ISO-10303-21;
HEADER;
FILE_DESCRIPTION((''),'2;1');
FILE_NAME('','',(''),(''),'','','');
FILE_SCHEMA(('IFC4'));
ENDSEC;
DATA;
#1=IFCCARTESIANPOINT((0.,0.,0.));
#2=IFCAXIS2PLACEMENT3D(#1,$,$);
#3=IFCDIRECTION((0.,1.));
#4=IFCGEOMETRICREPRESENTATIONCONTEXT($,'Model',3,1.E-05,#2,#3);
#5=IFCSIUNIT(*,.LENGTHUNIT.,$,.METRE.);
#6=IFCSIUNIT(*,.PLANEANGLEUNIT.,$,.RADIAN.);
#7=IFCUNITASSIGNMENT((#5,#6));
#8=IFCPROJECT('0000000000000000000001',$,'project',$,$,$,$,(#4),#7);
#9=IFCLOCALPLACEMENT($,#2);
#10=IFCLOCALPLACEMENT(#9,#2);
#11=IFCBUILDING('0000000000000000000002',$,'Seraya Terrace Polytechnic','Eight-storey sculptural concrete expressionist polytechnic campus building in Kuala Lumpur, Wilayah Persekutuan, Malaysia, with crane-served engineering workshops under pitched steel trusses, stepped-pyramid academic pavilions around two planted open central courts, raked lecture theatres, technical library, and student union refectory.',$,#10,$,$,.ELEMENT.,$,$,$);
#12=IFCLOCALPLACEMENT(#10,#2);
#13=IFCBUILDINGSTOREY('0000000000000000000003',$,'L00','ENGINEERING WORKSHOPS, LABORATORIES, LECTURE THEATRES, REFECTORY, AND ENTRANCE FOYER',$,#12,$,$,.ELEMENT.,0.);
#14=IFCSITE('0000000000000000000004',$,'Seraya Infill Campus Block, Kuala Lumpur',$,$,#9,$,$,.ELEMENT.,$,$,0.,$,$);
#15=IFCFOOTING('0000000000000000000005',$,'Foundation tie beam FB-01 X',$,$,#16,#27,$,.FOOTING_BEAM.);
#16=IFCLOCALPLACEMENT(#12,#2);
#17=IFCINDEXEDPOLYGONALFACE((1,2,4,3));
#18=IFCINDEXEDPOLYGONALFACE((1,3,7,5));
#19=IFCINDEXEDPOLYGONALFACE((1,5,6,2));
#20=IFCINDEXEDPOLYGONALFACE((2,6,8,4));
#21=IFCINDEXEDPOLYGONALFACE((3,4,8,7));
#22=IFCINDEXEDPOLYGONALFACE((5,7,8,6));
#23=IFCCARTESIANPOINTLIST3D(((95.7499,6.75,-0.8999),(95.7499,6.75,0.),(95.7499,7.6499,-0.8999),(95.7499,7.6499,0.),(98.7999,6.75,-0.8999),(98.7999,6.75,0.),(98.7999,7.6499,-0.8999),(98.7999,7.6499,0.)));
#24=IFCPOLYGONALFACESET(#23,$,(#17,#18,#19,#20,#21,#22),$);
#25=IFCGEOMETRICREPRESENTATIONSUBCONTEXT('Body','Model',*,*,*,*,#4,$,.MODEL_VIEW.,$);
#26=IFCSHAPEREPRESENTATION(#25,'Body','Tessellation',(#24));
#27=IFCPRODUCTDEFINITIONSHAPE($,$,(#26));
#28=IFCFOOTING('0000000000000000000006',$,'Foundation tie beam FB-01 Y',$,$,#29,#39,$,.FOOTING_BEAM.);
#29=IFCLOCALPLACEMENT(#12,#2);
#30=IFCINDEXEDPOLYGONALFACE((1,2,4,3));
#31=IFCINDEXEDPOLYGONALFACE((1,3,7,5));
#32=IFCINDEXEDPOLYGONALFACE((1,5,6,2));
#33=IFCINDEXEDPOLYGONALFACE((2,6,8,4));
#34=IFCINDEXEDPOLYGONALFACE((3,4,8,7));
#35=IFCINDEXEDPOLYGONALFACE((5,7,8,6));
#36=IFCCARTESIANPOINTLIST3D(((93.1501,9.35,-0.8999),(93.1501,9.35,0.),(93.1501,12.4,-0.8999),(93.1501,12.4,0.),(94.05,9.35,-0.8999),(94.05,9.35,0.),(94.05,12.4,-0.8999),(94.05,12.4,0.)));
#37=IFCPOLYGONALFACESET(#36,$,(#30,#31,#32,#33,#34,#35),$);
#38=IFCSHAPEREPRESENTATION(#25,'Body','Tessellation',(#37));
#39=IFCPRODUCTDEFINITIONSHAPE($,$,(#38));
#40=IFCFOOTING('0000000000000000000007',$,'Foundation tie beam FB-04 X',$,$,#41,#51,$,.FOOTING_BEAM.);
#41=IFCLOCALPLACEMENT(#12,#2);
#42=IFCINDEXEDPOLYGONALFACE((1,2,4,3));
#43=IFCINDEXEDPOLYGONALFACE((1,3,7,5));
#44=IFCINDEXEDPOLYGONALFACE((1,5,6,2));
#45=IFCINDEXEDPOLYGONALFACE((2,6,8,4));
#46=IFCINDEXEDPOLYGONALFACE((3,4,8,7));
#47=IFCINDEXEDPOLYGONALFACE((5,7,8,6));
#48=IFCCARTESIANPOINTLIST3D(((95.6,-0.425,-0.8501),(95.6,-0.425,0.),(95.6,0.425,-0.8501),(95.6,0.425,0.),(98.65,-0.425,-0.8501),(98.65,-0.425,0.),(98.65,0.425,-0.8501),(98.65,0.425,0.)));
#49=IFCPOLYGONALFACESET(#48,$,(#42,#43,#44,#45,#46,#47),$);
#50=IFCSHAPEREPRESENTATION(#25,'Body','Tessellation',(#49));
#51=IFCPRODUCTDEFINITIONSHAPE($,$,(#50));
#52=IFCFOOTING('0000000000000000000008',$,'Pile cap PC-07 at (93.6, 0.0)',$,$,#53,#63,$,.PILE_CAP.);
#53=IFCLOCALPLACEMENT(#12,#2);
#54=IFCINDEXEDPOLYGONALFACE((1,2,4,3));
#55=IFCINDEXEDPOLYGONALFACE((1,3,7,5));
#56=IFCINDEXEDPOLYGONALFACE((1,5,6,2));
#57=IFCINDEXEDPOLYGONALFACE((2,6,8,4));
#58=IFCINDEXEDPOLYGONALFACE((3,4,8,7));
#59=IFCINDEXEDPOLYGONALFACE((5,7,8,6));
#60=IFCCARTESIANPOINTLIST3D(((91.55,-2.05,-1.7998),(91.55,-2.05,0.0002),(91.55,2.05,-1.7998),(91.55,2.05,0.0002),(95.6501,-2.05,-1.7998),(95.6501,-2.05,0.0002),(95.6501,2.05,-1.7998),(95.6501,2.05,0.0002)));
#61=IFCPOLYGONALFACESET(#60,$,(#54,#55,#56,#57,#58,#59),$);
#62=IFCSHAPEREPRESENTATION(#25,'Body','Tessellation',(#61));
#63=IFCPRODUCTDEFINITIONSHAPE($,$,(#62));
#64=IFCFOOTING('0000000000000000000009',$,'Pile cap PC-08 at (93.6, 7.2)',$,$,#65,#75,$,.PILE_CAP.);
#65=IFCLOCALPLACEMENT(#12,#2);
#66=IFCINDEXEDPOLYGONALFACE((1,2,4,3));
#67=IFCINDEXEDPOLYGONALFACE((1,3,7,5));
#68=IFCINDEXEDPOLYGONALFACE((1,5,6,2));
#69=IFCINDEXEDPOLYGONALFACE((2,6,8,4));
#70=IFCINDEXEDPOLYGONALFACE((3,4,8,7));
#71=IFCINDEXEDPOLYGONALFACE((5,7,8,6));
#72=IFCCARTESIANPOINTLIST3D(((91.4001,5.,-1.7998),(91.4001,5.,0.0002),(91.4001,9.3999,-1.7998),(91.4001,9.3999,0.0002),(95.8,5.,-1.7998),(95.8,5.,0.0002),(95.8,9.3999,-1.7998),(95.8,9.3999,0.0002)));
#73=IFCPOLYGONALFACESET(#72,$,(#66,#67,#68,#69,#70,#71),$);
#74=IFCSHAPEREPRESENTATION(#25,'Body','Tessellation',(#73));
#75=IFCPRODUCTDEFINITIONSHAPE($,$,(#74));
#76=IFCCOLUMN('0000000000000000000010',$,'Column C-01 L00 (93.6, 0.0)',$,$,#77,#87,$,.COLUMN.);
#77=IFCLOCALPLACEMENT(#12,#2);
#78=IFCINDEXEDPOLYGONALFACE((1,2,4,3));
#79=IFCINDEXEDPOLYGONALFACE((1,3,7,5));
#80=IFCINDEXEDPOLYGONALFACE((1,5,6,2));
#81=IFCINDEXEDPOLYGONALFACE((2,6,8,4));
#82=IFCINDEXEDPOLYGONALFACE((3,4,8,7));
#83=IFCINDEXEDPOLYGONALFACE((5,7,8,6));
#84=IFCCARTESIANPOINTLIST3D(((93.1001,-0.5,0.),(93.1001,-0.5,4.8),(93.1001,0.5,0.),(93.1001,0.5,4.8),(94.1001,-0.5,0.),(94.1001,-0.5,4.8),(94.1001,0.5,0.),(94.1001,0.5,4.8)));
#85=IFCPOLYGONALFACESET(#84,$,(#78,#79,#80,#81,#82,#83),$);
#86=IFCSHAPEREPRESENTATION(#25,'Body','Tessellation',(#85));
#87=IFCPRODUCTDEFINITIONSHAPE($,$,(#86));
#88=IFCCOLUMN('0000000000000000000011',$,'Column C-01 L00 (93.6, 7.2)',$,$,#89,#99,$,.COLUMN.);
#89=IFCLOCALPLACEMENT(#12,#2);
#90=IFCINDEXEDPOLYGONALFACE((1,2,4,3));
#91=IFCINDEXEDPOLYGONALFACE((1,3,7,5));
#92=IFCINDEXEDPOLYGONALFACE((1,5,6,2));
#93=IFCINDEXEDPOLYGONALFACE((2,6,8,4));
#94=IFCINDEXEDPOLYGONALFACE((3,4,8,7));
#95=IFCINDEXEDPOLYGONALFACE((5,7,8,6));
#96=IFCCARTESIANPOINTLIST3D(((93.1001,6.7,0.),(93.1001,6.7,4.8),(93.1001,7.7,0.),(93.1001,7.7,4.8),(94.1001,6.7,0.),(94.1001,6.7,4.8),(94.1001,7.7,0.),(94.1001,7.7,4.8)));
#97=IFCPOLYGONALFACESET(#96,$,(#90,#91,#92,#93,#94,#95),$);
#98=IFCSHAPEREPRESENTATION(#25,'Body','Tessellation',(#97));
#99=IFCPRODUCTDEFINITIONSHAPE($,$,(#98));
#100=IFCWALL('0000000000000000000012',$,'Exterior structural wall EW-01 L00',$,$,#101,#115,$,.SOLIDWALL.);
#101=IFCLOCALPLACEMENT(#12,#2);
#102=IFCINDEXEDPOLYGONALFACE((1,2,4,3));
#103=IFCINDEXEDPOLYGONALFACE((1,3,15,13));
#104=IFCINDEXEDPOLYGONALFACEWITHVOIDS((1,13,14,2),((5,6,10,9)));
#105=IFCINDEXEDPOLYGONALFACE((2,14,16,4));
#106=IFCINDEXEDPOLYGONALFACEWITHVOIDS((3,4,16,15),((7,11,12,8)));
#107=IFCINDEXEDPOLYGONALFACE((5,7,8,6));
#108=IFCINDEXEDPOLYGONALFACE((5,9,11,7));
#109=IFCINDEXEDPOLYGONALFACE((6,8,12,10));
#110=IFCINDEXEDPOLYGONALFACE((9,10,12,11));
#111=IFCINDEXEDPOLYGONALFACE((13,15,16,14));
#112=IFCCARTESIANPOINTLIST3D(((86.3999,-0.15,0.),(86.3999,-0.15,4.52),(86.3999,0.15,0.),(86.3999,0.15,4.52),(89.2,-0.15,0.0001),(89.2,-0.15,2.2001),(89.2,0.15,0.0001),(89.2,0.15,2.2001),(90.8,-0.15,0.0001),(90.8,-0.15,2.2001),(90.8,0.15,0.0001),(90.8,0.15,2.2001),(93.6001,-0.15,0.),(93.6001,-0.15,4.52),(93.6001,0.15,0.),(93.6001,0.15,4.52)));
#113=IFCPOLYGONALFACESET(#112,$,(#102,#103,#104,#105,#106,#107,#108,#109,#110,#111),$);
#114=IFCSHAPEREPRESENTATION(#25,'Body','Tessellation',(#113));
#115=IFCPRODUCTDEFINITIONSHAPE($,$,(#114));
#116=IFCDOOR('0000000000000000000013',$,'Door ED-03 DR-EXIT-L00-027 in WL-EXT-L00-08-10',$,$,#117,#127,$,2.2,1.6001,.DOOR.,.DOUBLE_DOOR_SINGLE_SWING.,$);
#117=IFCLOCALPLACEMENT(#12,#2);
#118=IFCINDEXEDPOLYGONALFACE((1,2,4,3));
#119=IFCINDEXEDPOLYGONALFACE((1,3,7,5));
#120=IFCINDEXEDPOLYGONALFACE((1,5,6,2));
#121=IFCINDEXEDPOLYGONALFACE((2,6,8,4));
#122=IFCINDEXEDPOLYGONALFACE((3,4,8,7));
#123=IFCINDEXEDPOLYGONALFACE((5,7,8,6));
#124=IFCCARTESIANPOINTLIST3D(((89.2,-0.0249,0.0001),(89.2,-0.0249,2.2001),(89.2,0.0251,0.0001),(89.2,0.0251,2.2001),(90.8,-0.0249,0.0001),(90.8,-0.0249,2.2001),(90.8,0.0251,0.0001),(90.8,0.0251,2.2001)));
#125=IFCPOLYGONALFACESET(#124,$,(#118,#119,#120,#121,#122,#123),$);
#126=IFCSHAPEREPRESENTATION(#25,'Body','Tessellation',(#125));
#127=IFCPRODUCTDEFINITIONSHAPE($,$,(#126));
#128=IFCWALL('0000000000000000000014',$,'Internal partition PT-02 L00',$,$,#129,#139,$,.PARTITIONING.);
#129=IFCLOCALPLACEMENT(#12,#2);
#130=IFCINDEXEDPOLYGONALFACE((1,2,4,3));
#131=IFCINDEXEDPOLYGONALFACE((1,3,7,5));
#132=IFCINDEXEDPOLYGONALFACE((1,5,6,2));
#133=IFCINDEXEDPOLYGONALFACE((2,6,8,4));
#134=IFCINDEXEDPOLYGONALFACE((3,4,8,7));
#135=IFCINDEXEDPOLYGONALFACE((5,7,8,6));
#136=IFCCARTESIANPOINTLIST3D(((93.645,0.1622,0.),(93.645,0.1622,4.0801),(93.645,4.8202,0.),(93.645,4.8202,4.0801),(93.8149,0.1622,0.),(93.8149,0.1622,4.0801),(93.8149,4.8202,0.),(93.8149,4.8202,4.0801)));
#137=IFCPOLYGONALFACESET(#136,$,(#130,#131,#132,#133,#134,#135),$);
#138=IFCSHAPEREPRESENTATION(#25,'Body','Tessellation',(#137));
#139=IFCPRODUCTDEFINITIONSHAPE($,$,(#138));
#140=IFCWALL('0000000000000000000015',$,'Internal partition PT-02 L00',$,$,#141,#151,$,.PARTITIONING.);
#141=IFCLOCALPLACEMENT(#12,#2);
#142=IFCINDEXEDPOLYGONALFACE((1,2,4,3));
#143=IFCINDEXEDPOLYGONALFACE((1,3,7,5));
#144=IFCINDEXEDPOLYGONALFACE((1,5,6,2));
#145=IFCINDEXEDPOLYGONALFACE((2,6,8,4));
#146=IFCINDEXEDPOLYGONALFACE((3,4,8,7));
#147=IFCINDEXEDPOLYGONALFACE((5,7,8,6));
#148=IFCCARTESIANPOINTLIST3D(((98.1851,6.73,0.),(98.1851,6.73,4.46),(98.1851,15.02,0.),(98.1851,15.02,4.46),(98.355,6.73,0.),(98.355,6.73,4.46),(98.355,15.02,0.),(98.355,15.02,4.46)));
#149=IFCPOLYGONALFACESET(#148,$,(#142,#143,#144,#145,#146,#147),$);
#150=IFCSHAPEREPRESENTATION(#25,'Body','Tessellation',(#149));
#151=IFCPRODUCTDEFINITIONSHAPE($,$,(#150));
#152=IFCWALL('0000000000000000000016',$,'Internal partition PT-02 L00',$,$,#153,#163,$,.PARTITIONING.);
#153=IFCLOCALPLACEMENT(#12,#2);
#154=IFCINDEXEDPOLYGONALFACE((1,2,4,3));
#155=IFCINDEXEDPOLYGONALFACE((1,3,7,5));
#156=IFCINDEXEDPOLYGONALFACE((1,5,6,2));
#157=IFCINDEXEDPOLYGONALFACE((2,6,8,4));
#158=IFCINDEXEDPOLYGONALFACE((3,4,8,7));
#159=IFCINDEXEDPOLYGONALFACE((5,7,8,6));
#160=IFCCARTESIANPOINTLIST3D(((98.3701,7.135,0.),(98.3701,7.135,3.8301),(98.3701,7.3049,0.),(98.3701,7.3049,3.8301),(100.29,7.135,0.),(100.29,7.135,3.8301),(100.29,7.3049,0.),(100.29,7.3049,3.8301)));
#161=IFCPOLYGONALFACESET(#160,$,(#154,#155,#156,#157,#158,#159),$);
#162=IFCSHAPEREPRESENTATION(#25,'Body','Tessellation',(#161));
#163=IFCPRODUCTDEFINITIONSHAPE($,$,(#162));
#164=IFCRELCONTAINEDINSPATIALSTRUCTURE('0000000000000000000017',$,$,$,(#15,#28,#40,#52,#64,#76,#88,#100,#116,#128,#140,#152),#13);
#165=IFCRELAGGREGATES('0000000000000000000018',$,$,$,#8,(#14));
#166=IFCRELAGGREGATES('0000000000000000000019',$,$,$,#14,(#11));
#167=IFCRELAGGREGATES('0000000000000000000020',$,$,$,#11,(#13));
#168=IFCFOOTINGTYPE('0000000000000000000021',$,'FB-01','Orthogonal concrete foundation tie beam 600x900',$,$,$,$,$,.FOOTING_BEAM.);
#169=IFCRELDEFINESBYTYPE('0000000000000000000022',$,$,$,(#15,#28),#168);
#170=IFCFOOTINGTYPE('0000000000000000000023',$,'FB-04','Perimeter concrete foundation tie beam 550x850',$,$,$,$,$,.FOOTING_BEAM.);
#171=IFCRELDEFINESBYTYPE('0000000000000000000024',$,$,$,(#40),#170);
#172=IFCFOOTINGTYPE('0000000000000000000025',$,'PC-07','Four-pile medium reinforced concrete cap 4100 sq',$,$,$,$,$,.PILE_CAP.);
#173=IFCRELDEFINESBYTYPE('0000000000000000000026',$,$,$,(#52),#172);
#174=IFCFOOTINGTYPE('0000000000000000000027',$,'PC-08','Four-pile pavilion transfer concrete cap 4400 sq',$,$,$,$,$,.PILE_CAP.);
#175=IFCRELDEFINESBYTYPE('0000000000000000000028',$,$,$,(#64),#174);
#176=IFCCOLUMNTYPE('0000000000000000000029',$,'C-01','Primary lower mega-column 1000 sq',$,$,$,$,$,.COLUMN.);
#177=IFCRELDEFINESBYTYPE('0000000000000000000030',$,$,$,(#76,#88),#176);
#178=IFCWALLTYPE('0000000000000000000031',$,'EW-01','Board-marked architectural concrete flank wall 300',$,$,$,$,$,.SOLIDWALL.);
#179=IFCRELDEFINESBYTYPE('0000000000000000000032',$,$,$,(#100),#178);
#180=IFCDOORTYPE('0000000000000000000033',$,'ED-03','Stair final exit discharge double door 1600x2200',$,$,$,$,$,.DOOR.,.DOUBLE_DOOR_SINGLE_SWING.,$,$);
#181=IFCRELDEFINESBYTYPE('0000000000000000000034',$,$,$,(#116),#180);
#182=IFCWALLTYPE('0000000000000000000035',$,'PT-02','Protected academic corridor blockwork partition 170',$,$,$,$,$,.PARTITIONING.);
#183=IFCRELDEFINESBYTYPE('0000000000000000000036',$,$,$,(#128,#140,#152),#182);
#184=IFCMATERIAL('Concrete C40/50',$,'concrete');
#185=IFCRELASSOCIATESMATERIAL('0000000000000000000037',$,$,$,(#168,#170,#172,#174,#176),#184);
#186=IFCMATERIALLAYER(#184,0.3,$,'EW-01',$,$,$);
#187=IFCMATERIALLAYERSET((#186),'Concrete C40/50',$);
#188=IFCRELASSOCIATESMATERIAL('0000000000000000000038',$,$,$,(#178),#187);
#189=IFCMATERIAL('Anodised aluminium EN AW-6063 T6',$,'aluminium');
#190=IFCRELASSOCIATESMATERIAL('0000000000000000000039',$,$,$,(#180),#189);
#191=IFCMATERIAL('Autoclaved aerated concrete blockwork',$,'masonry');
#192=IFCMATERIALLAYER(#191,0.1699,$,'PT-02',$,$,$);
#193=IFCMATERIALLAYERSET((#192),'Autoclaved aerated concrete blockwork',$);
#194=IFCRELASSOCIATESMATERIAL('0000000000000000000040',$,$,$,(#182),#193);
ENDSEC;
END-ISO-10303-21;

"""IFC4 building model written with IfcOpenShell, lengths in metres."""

from ifc_helpers import new_model, si_unit, direction, frame, frame_2d, origin, origin_2d, place, context, subcontext, project, spatial, rectangle, extrude, material, layer, layer_set, material_profile, profile_set, type_object, element, fill, save


model = new_model("IFC4")

# Units and contexts
model_context = context("Model", 3, precision=1e-05, world=origin(), true_north=direction((0.0, 1.0)))
body_context = subcontext(model_context, "Body", "Model", "MODEL_VIEW")
ifc_project = project(units=[si_unit("LENGTHUNIT", "METRE"), si_unit("PLANEANGLEUNIT", "RADIAN")], contexts=[model_context])

# Site, building, storey
site_placement = place(None, origin())
site = spatial("IfcSite", under=ifc_project, at=site_placement, Name="Seraya Infill Campus Block, Kuala Lumpur", CompositionType="ELEMENT", RefElevation=0.0)
building_placement = place(site_placement, origin())
building = spatial("IfcBuilding", under=site, at=building_placement, Name="Seraya Terrace Polytechnic", Description="Eight-storey sculptural concrete expressionist polytechnic campus building in Kuala Lumpur, Wilayah Persekutuan, Malaysia, with crane-served engineering workshops under pitched steel trusses, stepped-pyramid academic pavilions around two planted open central courts, raked lecture theatres, technical library, and student union refectory.", CompositionType="ELEMENT")
storey_placement = place(building_placement, origin())
storey = spatial("IfcBuildingStorey", under=building, at=storey_placement, Name="L00", Description="ENGINEERING WORKSHOPS, LABORATORIES, LECTURE THEATRES, REFECTORY, AND ENTRANCE FOYER", CompositionType="ELEMENT", Elevation=0.0)

# Shared definitions
ifc_material_1 = material(Name="Concrete C40/50", Category="concrete")

# Footings
footing_type_1 = type_object("IfcFootingType", Name="FB-01", Description="Orthogonal concrete foundation tie beam 600x900", PredefinedType="FOOTING_BEAM", material=ifc_material_1)
for number, where, z_axis, x_axis, name in (
    (1, (97.2749, 7.2, -0.8999), (0.0, 0.0, 1.0), (1.0, 0.0, 0.0), "Foundation tie beam FB-01 X"),
    (2, (93.6001, 10.875, -0.8999), (0.0, 0.0, 1.0), (0.0, 1.0, 0.0), "Foundation tie beam FB-01 Y"),
):
    element("IfcFooting", number, at=place(storey_placement, frame(where, z_axis=z_axis, x_axis=x_axis)), inside=storey, type_object=footing_type_1, Name=name, PredefinedType="FOOTING_BEAM", context=body_context, shape_type="SweptSolid", body=[
        extrude(rectangle(XDim=3.05, YDim=0.8999, at=origin_2d()), origin(), (0.0, 0.0, 1.0), 0.8999),
    ])
footing_type_2 = type_object("IfcFootingType", Name="FB-04", Description="Perimeter concrete foundation tie beam 550x850", PredefinedType="FOOTING_BEAM", material=ifc_material_1)
footing_1_placement = place(storey_placement, frame((97.125, 0.0, -0.8501), z_axis=(0.0, 0.0, 1.0), x_axis=(1.0, 0.0, 0.0)))
element("IfcFooting", 3, at=footing_1_placement, inside=storey, type_object=footing_type_2, Name="Foundation tie beam FB-04 X", PredefinedType="FOOTING_BEAM", context=body_context, shape_type="SweptSolid", body=[
    extrude(rectangle(XDim=3.05, YDim=0.8501, at=origin_2d()), origin(), (0.0, 0.0, 1.0), 0.8501),
])
footing_type_3 = type_object("IfcFootingType", Name="PC-07", Description="Four-pile medium reinforced concrete cap 4100 sq", PredefinedType="PILE_CAP", material=ifc_material_1)
footing_2_placement = place(storey_placement, frame((93.6001, 0.0, -1.7998), z_axis=(0.0, 0.0, 1.0), x_axis=(1.0, 0.0, 0.0)))
element("IfcFooting", 4, at=footing_2_placement, inside=storey, type_object=footing_type_3, Name="Pile cap PC-07 at (93.6, 0.0)", PredefinedType="PILE_CAP", context=body_context, shape_type="SweptSolid", body=[
    extrude(rectangle(XDim=4.1001, YDim=4.1001, at=origin_2d()), origin(), (0.0, 0.0, 1.0), 1.8),
])
footing_type_4 = type_object("IfcFootingType", Name="PC-08", Description="Four-pile pavilion transfer concrete cap 4400 sq", PredefinedType="PILE_CAP", material=ifc_material_1)
footing_3_placement = place(storey_placement, frame((93.6001, 7.2, -1.7998), z_axis=(0.0, 0.0, 1.0), x_axis=(1.0, 0.0, 0.0)))
element("IfcFooting", 5, at=footing_3_placement, inside=storey, type_object=footing_type_4, Name="Pile cap PC-08 at (93.6, 7.2)", PredefinedType="PILE_CAP", context=body_context, shape_type="SweptSolid", body=[
    extrude(rectangle(XDim=4.3999, YDim=4.3999, at=origin_2d()), origin(), (0.0, 0.0, 1.0), 1.8),
])

# Columns
ifc_material_profile_1 = material_profile(ifc_material_1, rectangle(XDim=1.0, YDim=1.0, at=origin_2d()), Name="RC 1000x1000")
ifc_profile_set_1 = profile_set([ifc_material_profile_1], Name="Concrete C40/50")
column_type = type_object("IfcColumnType", Name="C-01", Description="Primary lower mega-column 1000 sq", PredefinedType="COLUMN", material=ifc_profile_set_1)
for number, where, z_axis, x_axis, name in (
    (6, (93.6001, 0.0, 0.0), (0.0, 0.0, 1.0), (1.0, 0.0, 0.0), "Column C-01 L00 (93.6, 0.0)"),
    (7, (93.6001, 7.2, 0.0), (0.0, 0.0, 1.0), (1.0, 0.0, 0.0), "Column C-01 L00 (93.6, 7.2)"),
):
    element("IfcColumn", number, at=place(storey_placement, frame(where, z_axis=z_axis, x_axis=x_axis)), inside=storey, type_object=column_type, Name=name, PredefinedType="COLUMN", context=body_context, shape_type="SweptSolid", body=[
        extrude(rectangle(XDim=1.0, YDim=1.0, at=origin_2d()), origin(), (0.0, 0.0, 1.0), 4.8),
    ])

# Wall, opening, door
ifc_layer_1 = layer(ifc_material_1, 0.3, Name="EW-01")
ifc_layer_set_1 = layer_set([ifc_layer_1], Name="Concrete C40/50")
wall_type_1 = type_object("IfcWallType", Name="EW-01", Description="Board-marked architectural concrete flank wall 300", PredefinedType="SOLIDWALL", material=ifc_layer_set_1)
wall_1_placement = place(storey_placement, frame((93.6001, 0.0, 0.0), z_axis=(0.0, 0.0, 1.0), x_axis=(-1.0, 0.0, 0.0)))
wall_1 = element("IfcWall", 8, at=wall_1_placement, inside=storey, type_object=wall_type_1, Name="Exterior structural wall EW-01 L00", PredefinedType="SOLIDWALL", context=body_context, shape_type="SweptSolid", body=[
    extrude(rectangle(XDim=7.2002, YDim=0.3, at=frame_2d((3.6001, 0.0))), origin(), (0.0, 0.0, 1.0), 4.52),
])
opening_1_placement = place(wall_1_placement, frame((2.8, 0.0, 0.0)))
opening_1 = element("IfcOpeningElement", 9, at=opening_1_placement, cuts=wall_1, PredefinedType="OPENING", context=body_context, shape_type="SweptSolid", body=[
    extrude(rectangle(XDim=1.6001, YDim=2.2, at=frame_2d((0.8, 1.1001))), frame((0.0, 0.1621, 0.0), z_axis=(0.0, -1.0, 0.0), x_axis=(1.0, 0.0, 0.0)), (0.0, 0.0, 1.0), 0.324),
])
ifc_material_2 = material(Name="Anodised aluminium EN AW-6063 T6", Category="aluminium")
door_type_1 = type_object("IfcDoorType", Name="ED-03", Description="Stair final exit discharge double door 1600x2200", OperationType="DOUBLE_DOOR_SINGLE_SWING", PredefinedType="DOOR", material=ifc_material_2)
door_1_placement = place(opening_1_placement, origin())
door_1 = element("IfcDoor", 10, at=door_1_placement, inside=storey, type_object=door_type_1, Name="Door ED-03 DR-EXIT-L00-027 in WL-EXT-L00-08-10", OperationType="DOUBLE_DOOR_SINGLE_SWING", OverallHeight=2.2, OverallWidth=1.6001, PredefinedType="DOOR", context=body_context, shape_type="SweptSolid", body=[
    extrude(rectangle(XDim=1.6001, YDim=2.2, at=frame_2d((0.8, 1.1001))), frame((0.0, 0.0249, 0.0), z_axis=(0.0, -1.0, 0.0), x_axis=(1.0, 0.0, 0.0)), (0.0, 0.0, 1.0), 0.05),
])
fill(opening_1, door_1)

# Walls
ifc_material_3 = material(Name="Autoclaved aerated concrete blockwork", Category="masonry")
ifc_layer_2 = layer(ifc_material_3, 0.1699, Name="PT-02")
ifc_layer_set_2 = layer_set([ifc_layer_2], Name="Autoclaved aerated concrete blockwork")
wall_type_2 = type_object("IfcWallType", Name="PT-02", Description="Protected academic corridor blockwork partition 170", PredefinedType="PARTITIONING", material=ifc_layer_set_2)
wall_2_placement = place(storey_placement, frame((93.73, 0.1621, 0.0), z_axis=(0.0, 0.0, 1.0), x_axis=(0.0, 1.0, 0.0)))
element("IfcWall", 11, at=wall_2_placement, inside=storey, type_object=wall_type_2, Name="Internal partition PT-02 L00", PredefinedType="PARTITIONING", context=body_context, shape_type="SweptSolid", body=[
    extrude(rectangle(XDim=4.658, YDim=0.1699, at=frame_2d((2.3291, 0.0))), origin(), (0.0, 0.0, 1.0), 4.0801),
])
wall_3_placement = place(storey_placement, frame((98.27, 6.73, 0.0), z_axis=(0.0, 0.0, 1.0), x_axis=(0.0, 1.0, 0.0)))
element("IfcWall", 12, at=wall_3_placement, inside=storey, type_object=wall_type_2, Name="Internal partition PT-02 L00", PredefinedType="PARTITIONING", context=body_context, shape_type="SweptSolid", body=[
    extrude(rectangle(XDim=8.29, YDim=0.1699, at=frame_2d((4.145, 0.0))), origin(), (0.0, 0.0, 1.0), 4.46),
])
wall_4_placement = place(storey_placement, frame((98.3701, 7.22, 0.0), z_axis=(0.0, 0.0, 1.0), x_axis=(1.0, 0.0, 0.0)))
element("IfcWall", 13, at=wall_4_placement, inside=storey, type_object=wall_type_2, Name="Internal partition PT-02 L00", PredefinedType="PARTITIONING", context=body_context, shape_type="SweptSolid", body=[
    extrude(rectangle(XDim=1.9199, YDim=0.1699, at=frame_2d((0.96, 0.0))), origin(), (0.0, 0.0, 1.0), 3.8301),
])

save(model, "model.ifc")
